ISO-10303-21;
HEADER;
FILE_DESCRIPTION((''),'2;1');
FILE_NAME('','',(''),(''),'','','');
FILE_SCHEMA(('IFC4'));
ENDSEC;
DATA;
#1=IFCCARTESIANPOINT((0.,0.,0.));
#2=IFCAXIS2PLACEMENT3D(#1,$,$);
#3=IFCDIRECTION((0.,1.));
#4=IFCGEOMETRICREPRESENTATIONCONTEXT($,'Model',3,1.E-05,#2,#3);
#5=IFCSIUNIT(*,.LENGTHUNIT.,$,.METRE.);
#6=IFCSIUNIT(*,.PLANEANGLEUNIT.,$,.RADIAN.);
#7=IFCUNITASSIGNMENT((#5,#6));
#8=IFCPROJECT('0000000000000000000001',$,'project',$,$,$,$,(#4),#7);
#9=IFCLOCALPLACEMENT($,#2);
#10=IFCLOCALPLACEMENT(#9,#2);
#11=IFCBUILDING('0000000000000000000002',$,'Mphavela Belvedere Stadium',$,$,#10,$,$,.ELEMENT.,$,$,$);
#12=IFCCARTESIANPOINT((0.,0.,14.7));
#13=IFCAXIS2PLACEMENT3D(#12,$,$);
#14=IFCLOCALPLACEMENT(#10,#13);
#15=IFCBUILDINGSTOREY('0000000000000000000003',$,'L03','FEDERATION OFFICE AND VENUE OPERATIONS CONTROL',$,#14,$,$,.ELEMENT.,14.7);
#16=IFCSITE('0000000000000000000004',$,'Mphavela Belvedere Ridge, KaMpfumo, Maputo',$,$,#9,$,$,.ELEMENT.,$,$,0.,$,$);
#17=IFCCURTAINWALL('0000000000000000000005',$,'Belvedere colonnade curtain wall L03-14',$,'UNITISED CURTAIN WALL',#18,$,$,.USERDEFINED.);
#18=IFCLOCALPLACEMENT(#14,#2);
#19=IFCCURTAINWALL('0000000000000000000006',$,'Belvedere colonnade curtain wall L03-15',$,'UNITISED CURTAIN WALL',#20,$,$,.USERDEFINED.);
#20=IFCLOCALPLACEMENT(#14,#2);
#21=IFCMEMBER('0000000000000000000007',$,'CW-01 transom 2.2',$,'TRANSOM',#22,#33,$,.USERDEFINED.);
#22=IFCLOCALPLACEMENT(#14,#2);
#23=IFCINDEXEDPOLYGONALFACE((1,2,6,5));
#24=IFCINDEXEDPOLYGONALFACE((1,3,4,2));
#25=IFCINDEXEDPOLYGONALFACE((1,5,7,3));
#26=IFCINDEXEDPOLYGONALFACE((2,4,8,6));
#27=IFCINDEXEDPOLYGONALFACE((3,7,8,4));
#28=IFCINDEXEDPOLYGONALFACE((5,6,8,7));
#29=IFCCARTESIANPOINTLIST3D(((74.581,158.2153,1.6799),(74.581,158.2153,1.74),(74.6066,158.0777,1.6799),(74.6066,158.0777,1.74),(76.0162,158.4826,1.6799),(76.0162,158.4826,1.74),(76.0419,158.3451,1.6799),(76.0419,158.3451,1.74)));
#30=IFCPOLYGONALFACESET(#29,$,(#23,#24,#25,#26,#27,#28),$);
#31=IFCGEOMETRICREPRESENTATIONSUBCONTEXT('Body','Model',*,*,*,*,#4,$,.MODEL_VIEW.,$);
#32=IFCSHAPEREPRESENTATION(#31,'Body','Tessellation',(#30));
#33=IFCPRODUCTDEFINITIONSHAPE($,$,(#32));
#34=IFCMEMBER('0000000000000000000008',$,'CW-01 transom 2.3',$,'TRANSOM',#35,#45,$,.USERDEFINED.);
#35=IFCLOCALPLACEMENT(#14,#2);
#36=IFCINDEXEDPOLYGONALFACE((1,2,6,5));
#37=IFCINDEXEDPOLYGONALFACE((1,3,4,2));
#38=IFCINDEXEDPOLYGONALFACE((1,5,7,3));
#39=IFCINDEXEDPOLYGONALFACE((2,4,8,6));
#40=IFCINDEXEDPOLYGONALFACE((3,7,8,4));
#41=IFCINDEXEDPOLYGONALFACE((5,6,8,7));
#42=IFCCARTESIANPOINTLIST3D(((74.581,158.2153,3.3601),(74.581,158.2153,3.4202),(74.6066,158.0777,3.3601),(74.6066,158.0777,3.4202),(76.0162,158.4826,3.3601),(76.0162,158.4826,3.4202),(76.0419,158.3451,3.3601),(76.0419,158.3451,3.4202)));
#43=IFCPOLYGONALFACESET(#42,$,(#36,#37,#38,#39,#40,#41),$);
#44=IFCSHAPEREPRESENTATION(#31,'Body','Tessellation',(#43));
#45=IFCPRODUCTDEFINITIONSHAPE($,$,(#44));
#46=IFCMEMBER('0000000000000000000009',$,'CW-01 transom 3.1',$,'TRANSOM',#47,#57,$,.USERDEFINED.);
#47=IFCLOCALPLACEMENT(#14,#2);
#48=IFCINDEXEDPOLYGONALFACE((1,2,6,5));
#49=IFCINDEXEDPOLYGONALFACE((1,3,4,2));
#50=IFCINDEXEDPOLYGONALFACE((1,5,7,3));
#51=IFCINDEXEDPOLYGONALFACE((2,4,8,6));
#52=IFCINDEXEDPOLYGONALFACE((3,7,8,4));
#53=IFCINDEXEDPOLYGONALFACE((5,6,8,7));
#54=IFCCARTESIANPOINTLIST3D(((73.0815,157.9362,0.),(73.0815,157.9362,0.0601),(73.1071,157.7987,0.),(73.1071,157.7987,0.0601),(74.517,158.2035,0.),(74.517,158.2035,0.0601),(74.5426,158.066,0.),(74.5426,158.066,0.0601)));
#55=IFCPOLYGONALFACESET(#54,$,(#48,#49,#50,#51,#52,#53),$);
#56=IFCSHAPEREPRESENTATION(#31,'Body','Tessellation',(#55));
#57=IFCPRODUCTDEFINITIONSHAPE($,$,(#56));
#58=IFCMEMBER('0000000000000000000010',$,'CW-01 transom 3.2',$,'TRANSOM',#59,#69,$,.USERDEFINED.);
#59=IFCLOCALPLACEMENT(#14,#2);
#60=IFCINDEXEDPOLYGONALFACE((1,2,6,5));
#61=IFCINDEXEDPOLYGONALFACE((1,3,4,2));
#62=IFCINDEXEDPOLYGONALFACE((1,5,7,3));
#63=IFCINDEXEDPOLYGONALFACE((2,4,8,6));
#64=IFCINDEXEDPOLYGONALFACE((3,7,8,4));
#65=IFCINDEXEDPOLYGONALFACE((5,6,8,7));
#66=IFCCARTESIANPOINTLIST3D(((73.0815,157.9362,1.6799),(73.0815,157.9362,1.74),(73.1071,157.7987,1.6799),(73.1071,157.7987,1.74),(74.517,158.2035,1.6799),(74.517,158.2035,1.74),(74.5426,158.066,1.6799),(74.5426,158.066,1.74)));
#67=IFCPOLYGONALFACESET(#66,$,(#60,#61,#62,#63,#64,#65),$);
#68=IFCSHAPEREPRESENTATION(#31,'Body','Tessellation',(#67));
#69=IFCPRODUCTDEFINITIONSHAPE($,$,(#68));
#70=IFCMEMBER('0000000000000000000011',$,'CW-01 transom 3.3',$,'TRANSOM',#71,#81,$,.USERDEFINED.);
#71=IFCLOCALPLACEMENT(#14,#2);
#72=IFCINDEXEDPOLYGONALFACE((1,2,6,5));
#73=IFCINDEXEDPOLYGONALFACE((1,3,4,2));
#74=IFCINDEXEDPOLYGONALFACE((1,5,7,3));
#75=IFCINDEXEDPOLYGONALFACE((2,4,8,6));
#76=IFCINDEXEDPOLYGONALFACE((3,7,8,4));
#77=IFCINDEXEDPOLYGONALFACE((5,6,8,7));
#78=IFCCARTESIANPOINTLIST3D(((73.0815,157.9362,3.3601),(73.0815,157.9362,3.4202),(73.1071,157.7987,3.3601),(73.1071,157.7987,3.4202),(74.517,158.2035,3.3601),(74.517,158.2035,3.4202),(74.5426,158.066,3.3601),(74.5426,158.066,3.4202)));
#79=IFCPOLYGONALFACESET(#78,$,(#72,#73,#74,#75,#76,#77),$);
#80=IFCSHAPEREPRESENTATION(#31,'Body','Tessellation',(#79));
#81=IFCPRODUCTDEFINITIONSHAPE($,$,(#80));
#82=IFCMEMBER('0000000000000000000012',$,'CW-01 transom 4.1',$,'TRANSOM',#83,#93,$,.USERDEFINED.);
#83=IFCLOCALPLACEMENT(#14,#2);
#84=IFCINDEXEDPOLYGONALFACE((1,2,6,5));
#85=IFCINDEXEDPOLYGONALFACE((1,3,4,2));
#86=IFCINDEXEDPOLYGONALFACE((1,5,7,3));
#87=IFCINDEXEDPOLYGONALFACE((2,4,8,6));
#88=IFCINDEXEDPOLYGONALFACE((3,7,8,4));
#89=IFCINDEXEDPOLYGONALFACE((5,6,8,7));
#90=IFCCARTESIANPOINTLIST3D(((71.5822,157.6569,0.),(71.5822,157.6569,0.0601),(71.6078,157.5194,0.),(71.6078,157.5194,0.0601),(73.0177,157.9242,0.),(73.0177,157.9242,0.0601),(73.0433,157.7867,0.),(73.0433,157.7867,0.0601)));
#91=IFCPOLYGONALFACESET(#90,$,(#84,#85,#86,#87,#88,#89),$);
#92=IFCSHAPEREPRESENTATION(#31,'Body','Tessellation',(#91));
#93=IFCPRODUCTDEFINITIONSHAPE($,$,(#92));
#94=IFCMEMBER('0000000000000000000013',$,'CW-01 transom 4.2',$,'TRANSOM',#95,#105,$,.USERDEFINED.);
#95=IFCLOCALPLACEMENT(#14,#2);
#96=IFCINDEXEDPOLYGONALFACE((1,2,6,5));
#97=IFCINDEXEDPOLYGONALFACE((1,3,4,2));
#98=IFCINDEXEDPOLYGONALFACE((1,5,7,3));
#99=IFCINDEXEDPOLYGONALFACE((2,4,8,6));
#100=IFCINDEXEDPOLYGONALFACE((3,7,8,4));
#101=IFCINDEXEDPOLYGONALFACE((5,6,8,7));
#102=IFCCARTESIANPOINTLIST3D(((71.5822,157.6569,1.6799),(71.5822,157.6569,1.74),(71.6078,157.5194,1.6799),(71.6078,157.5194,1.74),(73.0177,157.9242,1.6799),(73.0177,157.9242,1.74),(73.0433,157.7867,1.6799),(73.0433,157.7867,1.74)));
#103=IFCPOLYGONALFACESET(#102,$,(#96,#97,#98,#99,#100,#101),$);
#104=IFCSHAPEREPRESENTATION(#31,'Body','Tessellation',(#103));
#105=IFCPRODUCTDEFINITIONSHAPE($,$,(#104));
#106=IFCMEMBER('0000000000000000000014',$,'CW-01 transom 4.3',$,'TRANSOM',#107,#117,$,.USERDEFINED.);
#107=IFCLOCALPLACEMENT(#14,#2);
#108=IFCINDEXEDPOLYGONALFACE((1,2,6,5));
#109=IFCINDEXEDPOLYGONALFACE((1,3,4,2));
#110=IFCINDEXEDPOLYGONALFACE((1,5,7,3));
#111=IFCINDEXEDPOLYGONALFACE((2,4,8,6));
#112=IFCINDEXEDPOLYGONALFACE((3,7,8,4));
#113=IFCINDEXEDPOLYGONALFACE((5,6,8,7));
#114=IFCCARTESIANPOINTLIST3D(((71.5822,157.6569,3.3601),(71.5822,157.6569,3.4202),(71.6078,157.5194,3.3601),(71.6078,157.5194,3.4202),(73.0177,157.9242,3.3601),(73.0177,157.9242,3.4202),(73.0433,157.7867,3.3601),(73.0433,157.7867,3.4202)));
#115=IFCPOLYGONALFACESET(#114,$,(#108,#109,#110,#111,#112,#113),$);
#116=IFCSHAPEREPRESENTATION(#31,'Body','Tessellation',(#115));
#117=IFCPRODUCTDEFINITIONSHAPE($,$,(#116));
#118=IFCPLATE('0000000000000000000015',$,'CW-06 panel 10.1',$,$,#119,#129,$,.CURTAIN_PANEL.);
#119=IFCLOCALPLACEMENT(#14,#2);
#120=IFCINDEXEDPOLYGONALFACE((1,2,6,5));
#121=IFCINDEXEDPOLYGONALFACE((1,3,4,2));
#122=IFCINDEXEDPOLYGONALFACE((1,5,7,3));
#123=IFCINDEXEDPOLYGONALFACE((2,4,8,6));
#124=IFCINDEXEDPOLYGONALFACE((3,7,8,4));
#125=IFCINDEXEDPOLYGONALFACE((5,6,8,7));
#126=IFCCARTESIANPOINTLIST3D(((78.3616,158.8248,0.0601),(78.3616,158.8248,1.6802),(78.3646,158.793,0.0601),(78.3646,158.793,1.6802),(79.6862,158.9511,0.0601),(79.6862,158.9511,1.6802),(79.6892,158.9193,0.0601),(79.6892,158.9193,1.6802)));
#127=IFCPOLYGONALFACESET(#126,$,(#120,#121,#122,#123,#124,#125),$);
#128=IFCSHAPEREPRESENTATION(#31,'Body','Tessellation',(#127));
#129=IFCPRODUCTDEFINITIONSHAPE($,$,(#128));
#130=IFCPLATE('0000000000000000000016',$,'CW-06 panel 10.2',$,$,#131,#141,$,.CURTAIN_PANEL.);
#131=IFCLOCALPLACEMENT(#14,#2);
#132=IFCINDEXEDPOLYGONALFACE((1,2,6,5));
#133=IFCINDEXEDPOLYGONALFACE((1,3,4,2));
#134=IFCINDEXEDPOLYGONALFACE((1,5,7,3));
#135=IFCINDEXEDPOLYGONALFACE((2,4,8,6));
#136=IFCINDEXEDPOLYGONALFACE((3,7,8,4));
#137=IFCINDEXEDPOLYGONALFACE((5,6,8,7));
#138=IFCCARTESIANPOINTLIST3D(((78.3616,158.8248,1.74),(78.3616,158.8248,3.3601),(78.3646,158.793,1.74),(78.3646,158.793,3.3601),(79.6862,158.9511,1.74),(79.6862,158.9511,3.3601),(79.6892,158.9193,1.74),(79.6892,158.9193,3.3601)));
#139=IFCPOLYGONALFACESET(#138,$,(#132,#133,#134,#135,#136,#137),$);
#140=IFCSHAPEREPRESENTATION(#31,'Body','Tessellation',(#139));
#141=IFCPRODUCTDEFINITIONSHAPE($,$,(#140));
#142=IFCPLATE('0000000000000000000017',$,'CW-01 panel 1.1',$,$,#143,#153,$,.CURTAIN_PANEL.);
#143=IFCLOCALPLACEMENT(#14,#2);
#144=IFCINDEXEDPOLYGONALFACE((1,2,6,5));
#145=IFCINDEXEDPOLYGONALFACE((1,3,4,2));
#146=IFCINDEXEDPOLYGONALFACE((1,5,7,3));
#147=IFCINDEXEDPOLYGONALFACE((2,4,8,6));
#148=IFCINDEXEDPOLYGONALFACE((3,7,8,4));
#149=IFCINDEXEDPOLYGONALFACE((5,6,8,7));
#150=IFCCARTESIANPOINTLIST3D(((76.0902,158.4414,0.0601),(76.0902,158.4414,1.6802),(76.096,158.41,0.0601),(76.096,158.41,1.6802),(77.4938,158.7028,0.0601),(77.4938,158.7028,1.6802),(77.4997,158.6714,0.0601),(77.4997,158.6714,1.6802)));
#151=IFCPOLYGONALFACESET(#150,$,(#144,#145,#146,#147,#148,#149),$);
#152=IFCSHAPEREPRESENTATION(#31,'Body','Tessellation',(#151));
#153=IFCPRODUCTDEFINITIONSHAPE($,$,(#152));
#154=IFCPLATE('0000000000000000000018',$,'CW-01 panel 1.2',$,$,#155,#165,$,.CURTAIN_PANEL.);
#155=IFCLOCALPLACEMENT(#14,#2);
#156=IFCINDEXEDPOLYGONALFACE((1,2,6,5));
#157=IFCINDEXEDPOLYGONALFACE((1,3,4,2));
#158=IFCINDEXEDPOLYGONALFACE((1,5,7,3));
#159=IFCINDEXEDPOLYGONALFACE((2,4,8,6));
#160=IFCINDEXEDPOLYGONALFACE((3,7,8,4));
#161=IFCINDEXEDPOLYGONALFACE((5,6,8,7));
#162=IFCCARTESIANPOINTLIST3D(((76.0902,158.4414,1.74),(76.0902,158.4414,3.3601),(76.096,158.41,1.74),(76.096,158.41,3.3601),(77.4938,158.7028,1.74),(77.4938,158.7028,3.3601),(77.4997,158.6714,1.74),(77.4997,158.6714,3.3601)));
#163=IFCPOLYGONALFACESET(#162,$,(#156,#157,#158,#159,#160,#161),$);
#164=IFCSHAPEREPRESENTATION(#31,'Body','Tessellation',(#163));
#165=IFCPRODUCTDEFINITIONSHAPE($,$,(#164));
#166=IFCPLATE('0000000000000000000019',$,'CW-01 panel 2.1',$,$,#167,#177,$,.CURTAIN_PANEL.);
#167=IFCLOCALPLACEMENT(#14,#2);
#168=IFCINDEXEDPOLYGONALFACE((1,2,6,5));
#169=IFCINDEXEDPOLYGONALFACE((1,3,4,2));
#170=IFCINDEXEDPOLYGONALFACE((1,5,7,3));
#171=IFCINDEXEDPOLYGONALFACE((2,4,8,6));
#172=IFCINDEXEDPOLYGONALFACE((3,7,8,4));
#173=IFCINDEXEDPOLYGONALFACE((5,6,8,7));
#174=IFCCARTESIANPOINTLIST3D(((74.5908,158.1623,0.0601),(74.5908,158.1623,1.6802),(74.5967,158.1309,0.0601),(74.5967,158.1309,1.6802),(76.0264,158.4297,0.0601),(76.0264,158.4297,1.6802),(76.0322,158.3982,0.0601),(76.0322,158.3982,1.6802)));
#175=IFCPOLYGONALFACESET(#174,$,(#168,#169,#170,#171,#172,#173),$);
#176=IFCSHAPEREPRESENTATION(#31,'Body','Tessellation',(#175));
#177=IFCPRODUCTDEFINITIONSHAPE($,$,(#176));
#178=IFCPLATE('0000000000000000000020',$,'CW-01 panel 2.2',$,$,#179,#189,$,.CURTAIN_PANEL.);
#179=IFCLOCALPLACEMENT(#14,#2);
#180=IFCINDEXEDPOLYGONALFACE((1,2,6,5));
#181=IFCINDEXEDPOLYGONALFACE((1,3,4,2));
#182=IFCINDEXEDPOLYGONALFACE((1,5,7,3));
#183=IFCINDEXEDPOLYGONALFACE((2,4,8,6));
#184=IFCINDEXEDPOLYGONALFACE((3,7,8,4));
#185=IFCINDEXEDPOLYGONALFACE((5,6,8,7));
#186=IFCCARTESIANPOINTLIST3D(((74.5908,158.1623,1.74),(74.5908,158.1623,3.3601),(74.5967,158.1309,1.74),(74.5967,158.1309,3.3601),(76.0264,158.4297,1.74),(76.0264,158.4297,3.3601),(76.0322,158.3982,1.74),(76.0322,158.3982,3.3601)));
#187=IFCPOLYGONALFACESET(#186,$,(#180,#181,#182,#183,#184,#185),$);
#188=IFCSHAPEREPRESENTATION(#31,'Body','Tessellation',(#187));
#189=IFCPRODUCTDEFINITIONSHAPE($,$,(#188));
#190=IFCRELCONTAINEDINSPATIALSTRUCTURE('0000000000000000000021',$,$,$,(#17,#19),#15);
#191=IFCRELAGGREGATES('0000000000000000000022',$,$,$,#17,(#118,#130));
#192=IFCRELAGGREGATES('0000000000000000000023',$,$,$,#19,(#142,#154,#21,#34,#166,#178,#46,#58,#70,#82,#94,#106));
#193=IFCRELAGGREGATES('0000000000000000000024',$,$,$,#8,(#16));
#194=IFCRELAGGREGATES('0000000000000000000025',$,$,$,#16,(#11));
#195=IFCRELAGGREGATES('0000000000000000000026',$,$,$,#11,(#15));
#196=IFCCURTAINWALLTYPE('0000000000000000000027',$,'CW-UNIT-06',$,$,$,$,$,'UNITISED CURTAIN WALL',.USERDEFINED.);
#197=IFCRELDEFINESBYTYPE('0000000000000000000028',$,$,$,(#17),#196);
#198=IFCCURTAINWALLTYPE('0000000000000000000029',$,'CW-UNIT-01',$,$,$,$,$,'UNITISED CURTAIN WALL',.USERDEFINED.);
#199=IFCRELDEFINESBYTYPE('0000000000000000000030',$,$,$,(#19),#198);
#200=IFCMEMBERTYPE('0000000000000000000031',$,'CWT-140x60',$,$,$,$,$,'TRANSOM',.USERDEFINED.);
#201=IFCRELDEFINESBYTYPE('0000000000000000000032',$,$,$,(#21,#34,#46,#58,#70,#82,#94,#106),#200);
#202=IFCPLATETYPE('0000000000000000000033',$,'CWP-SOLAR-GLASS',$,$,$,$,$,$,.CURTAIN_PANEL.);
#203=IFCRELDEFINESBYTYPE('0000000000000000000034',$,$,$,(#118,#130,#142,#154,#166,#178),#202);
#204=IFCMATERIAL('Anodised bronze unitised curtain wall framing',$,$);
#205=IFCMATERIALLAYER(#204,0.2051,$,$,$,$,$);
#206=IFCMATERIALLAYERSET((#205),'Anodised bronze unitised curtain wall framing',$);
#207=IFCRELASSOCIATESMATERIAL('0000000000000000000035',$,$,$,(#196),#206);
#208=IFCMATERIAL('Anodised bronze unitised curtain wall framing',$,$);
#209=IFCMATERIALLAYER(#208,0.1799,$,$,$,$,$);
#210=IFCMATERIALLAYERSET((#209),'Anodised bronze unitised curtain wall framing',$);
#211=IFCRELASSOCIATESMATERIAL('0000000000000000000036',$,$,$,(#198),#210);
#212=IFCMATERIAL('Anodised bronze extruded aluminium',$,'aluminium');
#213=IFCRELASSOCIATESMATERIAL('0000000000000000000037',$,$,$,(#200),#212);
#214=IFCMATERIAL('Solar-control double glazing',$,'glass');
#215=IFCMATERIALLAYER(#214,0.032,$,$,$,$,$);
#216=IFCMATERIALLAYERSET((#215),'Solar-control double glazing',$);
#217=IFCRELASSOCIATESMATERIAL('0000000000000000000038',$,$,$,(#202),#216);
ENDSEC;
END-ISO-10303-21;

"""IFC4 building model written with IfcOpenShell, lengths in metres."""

from ifc_helpers import new_model, si_unit, direction, frame, origin, origin_2d, place, context, subcontext, project, spatial, rectangle, extrude, material, layer, layer_set, material_profile, profile_set, type_object, element, aggregate, save


model = new_model("IFC4")

# Units and contexts
model_context = context("Model", 3, precision=1e-05, world=origin(), true_north=direction((0.0, 1.0)))
body_context = subcontext(model_context, "Body", "Model", "MODEL_VIEW")
ifc_project = project(units=[si_unit("LENGTHUNIT", "METRE"), si_unit("PLANEANGLEUNIT", "RADIAN")], contexts=[model_context])

# Site, building, storey
site_placement = place(None, origin())
site = spatial("IfcSite", under=ifc_project, at=site_placement, Name="Mphavela Belvedere Ridge, KaMpfumo, Maputo", CompositionType="ELEMENT", RefElevation=0.0)
building_placement = place(site_placement, origin())
building = spatial("IfcBuilding", under=site, at=building_placement, Name="Mphavela Belvedere Stadium", CompositionType="ELEMENT")
storey_placement = place(building_placement, frame((0.0, 0.0, 14.7)))
storey = spatial("IfcBuildingStorey", under=building, at=storey_placement, Name="L03", Description="FEDERATION OFFICE AND VENUE OPERATIONS CONTROL", CompositionType="ELEMENT", Elevation=14.7)

# Curtain wall
ifc_material_1 = material(Name="Anodised bronze unitised curtain wall framing")
ifc_layer_1 = layer(ifc_material_1, 0.2051)
ifc_layer_set_1 = layer_set([ifc_layer_1], Name="Anodised bronze unitised curtain wall framing")
curtain_wall_type_1 = type_object("IfcCurtainWallType", Name="CW-UNIT-06", ElementType="UNITISED CURTAIN WALL", PredefinedType="USERDEFINED", material=ifc_layer_set_1)
curtain_wall_1_placement = place(storey_placement, origin())
curtain_wall_1 = element("IfcCurtainWall", 1, at=curtain_wall_1_placement, inside=storey, type_object=curtain_wall_type_1, Name="Belvedere colonnade curtain wall L03-14", ObjectType="UNITISED CURTAIN WALL", PredefinedType="USERDEFINED")

# Curtain wall
ifc_material_2 = material(Name="Anodised bronze unitised curtain wall framing")
ifc_layer_2 = layer(ifc_material_2, 0.1799)
ifc_layer_set_2 = layer_set([ifc_layer_2], Name="Anodised bronze unitised curtain wall framing")
curtain_wall_type_2 = type_object("IfcCurtainWallType", Name="CW-UNIT-01", ElementType="UNITISED CURTAIN WALL", PredefinedType="USERDEFINED", material=ifc_layer_set_2)
curtain_wall_2_placement = place(storey_placement, origin())
curtain_wall_2 = element("IfcCurtainWall", 2, at=curtain_wall_2_placement, inside=storey, type_object=curtain_wall_type_2, Name="Belvedere colonnade curtain wall L03-15", ObjectType="UNITISED CURTAIN WALL", PredefinedType="USERDEFINED")

# Members
ifc_material_3 = material(Name="Anodised bronze extruded aluminium", Category="aluminium")
ifc_material_profile_1 = material_profile(ifc_material_3, rectangle(XDim=0.1399, YDim=0.0601, at=origin_2d()), Name="CW-TRN 140x60")
ifc_profile_set_1 = profile_set([ifc_material_profile_1], Name="Anodised bronze extruded aluminium")
member_type_1 = type_object("IfcMemberType", Name="CWT-140x60", ElementType="TRANSOM", PredefinedType="USERDEFINED", material=ifc_profile_set_1)
member_1_placement = place(storey_placement, frame((76.0291, 158.4138, 1.71), z_axis=(-0.983093, -0.183107, 0.0), x_axis=(0.183107, -0.983093, 0.0)))
member_1 = element("IfcMember", 3, at=member_1_placement, type_object=member_type_1, Name="CW-01 transom 2.2", ObjectType="TRANSOM", PredefinedType="USERDEFINED", context=body_context, shape_type="SweptSolid", body=[
    extrude(rectangle(XDim=0.1399, YDim=0.0601, at=origin_2d()), origin(), (0.0, 0.0, 1.0), 1.46),
])
member_2_placement = place(storey_placement, frame((76.0291, 158.4138, 3.3901), z_axis=(-0.983093, -0.183107, 0.0), x_axis=(0.183107, -0.983093, 0.0)))
member_2 = element("IfcMember", 4, at=member_2_placement, type_object=member_type_1, Name="CW-01 transom 2.3", ObjectType="TRANSOM", PredefinedType="USERDEFINED", context=body_context, shape_type="SweptSolid", body=[
    extrude(rectangle(XDim=0.1399, YDim=0.0601, at=origin_2d()), origin(), (0.0, 0.0, 1.0), 1.46),
])
member_3_placement = place(storey_placement, frame((74.5298, 158.1348, 0.03), z_axis=(-0.983099, -0.183077, 0.0), x_axis=(0.183077, -0.983099, 0.0)))
member_3 = element("IfcMember", 5, at=member_3_placement, type_object=member_type_1, Name="CW-01 transom 3.1", ObjectType="TRANSOM", PredefinedType="USERDEFINED", context=body_context, shape_type="SweptSolid", body=[
    extrude(rectangle(XDim=0.1399, YDim=0.0601, at=origin_2d()), origin(), (0.0, 0.0, 1.0), 1.4602),
])
member_4_placement = place(storey_placement, frame((74.5298, 158.1348, 1.71), z_axis=(-0.983099, -0.183077, 0.0), x_axis=(0.183077, -0.983099, 0.0)))
member_4 = element("IfcMember", 6, at=member_4_placement, type_object=member_type_1, Name="CW-01 transom 3.2", ObjectType="TRANSOM", PredefinedType="USERDEFINED", context=body_context, shape_type="SweptSolid", body=[
    extrude(rectangle(XDim=0.1399, YDim=0.0601, at=origin_2d()), origin(), (0.0, 0.0, 1.0), 1.4602),
])
member_5_placement = place(storey_placement, frame((74.5298, 158.1348, 3.3901), z_axis=(-0.983099, -0.183077, 0.0), x_axis=(0.183077, -0.983099, 0.0)))
member_5 = element("IfcMember", 7, at=member_5_placement, type_object=member_type_1, Name="CW-01 transom 3.3", ObjectType="TRANSOM", PredefinedType="USERDEFINED", context=body_context, shape_type="SweptSolid", body=[
    extrude(rectangle(XDim=0.1399, YDim=0.0601, at=origin_2d()), origin(), (0.0, 0.0, 1.0), 1.4602),
])
member_6_placement = place(storey_placement, frame((73.0305, 157.8555, 0.03), z_axis=(-0.983099, -0.183077, 0.0), x_axis=(0.183077, -0.983099, 0.0)))
member_6 = element("IfcMember", 8, at=member_6_placement, type_object=member_type_1, Name="CW-01 transom 4.1", ObjectType="TRANSOM", PredefinedType="USERDEFINED", context=body_context, shape_type="SweptSolid", body=[
    extrude(rectangle(XDim=0.1399, YDim=0.0601, at=origin_2d()), origin(), (0.0, 0.0, 1.0), 1.4602),
])
member_7_placement = place(storey_placement, frame((73.0305, 157.8555, 1.71), z_axis=(-0.983099, -0.183077, 0.0), x_axis=(0.183077, -0.983099, 0.0)))
member_7 = element("IfcMember", 9, at=member_7_placement, type_object=member_type_1, Name="CW-01 transom 4.2", ObjectType="TRANSOM", PredefinedType="USERDEFINED", context=body_context, shape_type="SweptSolid", body=[
    extrude(rectangle(XDim=0.1399, YDim=0.0601, at=origin_2d()), origin(), (0.0, 0.0, 1.0), 1.4602),
])
member_8_placement = place(storey_placement, frame((73.0305, 157.8555, 3.3901), z_axis=(-0.983099, -0.183077, 0.0), x_axis=(0.183077, -0.983099, 0.0)))
member_8 = element("IfcMember", 10, at=member_8_placement, type_object=member_type_1, Name="CW-01 transom 4.3", ObjectType="TRANSOM", PredefinedType="USERDEFINED", context=body_context, shape_type="SweptSolid", body=[
    extrude(rectangle(XDim=0.1399, YDim=0.0601, at=origin_2d()), origin(), (0.0, 0.0, 1.0), 1.4602),
])

# Plates
ifc_material_4 = material(Name="Solar-control double glazing", Category="glass")
ifc_layer_3 = layer(ifc_material_4, 0.032)
ifc_layer_set_3 = layer_set([ifc_layer_3], Name="Solar-control double glazing")
plate_type = type_object("IfcPlateType", Name="CWP-SOLAR-GLASS", PredefinedType="CURTAIN_PANEL", material=ifc_layer_set_3)
plate_1_placement = place(storey_placement, frame((79.0254, 158.8721, 0.0601), z_axis=(0.0, 0.0, 1.0), x_axis=(-0.995484, -0.094929, 0.0)))
plate_1 = element("IfcPlate", 11, at=plate_1_placement, type_object=plate_type, Name="CW-06 panel 10.1", PredefinedType="CURTAIN_PANEL", context=body_context, shape_type="SweptSolid", body=[
    extrude(rectangle(XDim=1.3306, YDim=0.032, at=origin_2d()), origin(), (0.0, 0.0, 1.0), 1.6201),
])
plate_2_placement = place(storey_placement, frame((79.0254, 158.8721, 1.74), z_axis=(0.0, 0.0, 1.0), x_axis=(-0.995484, -0.094929, 0.0)))
plate_2 = element("IfcPlate", 12, at=plate_2_placement, type_object=plate_type, Name="CW-06 panel 10.2", PredefinedType="CURTAIN_PANEL", context=body_context, shape_type="SweptSolid", body=[
    extrude(rectangle(XDim=1.3306, YDim=0.032, at=origin_2d()), origin(), (0.0, 0.0, 1.0), 1.6201),
])
aggregate(curtain_wall_1, [plate_1, plate_2])
plate_3_placement = place(storey_placement, frame((76.7949, 158.5564, 0.0601), z_axis=(0.0, 0.0, 1.0), x_axis=(-0.983097, -0.183088, 0.0)))
plate_3 = element("IfcPlate", 13, at=plate_3_placement, type_object=plate_type, Name="CW-01 panel 1.1", PredefinedType="CURTAIN_PANEL", context=body_context, shape_type="SweptSolid", body=[
    extrude(rectangle(XDim=1.4277, YDim=0.032, at=origin_2d()), origin(), (0.0, 0.0, 1.0), 1.6201),
])
plate_4_placement = place(storey_placement, frame((76.7949, 158.5564, 1.74), z_axis=(0.0, 0.0, 1.0), x_axis=(-0.983097, -0.183088, 0.0)))
plate_4 = element("IfcPlate", 14, at=plate_4_placement, type_object=plate_type, Name="CW-01 panel 1.2", PredefinedType="CURTAIN_PANEL", context=body_context, shape_type="SweptSolid", body=[
    extrude(rectangle(XDim=1.4277, YDim=0.032, at=origin_2d()), origin(), (0.0, 0.0, 1.0), 1.6201),
])
plate_5_placement = place(storey_placement, frame((75.3115, 158.2803, 0.0601), z_axis=(0.0, 0.0, 1.0), x_axis=(-0.983097, -0.183088, 0.0)))
plate_5 = element("IfcPlate", 15, at=plate_5_placement, type_object=plate_type, Name="CW-01 panel 2.1", PredefinedType="CURTAIN_PANEL", context=body_context, shape_type="SweptSolid", body=[
    extrude(rectangle(XDim=1.4602, YDim=0.032, at=origin_2d()), origin(), (0.0, 0.0, 1.0), 1.6201),
])
plate_6_placement = place(storey_placement, frame((75.3115, 158.2803, 1.74), z_axis=(0.0, 0.0, 1.0), x_axis=(-0.983097, -0.183088, 0.0)))
plate_6 = element("IfcPlate", 16, at=plate_6_placement, type_object=plate_type, Name="CW-01 panel 2.2", PredefinedType="CURTAIN_PANEL", context=body_context, shape_type="SweptSolid", body=[
    extrude(rectangle(XDim=1.4602, YDim=0.032, at=origin_2d()), origin(), (0.0, 0.0, 1.0), 1.6201),
])
aggregate(curtain_wall_2, [plate_3, plate_4, member_1, member_2, plate_5, plate_6, member_3, member_4, member_5, member_6, member_7, member_8])

save(model, "model.ifc")
